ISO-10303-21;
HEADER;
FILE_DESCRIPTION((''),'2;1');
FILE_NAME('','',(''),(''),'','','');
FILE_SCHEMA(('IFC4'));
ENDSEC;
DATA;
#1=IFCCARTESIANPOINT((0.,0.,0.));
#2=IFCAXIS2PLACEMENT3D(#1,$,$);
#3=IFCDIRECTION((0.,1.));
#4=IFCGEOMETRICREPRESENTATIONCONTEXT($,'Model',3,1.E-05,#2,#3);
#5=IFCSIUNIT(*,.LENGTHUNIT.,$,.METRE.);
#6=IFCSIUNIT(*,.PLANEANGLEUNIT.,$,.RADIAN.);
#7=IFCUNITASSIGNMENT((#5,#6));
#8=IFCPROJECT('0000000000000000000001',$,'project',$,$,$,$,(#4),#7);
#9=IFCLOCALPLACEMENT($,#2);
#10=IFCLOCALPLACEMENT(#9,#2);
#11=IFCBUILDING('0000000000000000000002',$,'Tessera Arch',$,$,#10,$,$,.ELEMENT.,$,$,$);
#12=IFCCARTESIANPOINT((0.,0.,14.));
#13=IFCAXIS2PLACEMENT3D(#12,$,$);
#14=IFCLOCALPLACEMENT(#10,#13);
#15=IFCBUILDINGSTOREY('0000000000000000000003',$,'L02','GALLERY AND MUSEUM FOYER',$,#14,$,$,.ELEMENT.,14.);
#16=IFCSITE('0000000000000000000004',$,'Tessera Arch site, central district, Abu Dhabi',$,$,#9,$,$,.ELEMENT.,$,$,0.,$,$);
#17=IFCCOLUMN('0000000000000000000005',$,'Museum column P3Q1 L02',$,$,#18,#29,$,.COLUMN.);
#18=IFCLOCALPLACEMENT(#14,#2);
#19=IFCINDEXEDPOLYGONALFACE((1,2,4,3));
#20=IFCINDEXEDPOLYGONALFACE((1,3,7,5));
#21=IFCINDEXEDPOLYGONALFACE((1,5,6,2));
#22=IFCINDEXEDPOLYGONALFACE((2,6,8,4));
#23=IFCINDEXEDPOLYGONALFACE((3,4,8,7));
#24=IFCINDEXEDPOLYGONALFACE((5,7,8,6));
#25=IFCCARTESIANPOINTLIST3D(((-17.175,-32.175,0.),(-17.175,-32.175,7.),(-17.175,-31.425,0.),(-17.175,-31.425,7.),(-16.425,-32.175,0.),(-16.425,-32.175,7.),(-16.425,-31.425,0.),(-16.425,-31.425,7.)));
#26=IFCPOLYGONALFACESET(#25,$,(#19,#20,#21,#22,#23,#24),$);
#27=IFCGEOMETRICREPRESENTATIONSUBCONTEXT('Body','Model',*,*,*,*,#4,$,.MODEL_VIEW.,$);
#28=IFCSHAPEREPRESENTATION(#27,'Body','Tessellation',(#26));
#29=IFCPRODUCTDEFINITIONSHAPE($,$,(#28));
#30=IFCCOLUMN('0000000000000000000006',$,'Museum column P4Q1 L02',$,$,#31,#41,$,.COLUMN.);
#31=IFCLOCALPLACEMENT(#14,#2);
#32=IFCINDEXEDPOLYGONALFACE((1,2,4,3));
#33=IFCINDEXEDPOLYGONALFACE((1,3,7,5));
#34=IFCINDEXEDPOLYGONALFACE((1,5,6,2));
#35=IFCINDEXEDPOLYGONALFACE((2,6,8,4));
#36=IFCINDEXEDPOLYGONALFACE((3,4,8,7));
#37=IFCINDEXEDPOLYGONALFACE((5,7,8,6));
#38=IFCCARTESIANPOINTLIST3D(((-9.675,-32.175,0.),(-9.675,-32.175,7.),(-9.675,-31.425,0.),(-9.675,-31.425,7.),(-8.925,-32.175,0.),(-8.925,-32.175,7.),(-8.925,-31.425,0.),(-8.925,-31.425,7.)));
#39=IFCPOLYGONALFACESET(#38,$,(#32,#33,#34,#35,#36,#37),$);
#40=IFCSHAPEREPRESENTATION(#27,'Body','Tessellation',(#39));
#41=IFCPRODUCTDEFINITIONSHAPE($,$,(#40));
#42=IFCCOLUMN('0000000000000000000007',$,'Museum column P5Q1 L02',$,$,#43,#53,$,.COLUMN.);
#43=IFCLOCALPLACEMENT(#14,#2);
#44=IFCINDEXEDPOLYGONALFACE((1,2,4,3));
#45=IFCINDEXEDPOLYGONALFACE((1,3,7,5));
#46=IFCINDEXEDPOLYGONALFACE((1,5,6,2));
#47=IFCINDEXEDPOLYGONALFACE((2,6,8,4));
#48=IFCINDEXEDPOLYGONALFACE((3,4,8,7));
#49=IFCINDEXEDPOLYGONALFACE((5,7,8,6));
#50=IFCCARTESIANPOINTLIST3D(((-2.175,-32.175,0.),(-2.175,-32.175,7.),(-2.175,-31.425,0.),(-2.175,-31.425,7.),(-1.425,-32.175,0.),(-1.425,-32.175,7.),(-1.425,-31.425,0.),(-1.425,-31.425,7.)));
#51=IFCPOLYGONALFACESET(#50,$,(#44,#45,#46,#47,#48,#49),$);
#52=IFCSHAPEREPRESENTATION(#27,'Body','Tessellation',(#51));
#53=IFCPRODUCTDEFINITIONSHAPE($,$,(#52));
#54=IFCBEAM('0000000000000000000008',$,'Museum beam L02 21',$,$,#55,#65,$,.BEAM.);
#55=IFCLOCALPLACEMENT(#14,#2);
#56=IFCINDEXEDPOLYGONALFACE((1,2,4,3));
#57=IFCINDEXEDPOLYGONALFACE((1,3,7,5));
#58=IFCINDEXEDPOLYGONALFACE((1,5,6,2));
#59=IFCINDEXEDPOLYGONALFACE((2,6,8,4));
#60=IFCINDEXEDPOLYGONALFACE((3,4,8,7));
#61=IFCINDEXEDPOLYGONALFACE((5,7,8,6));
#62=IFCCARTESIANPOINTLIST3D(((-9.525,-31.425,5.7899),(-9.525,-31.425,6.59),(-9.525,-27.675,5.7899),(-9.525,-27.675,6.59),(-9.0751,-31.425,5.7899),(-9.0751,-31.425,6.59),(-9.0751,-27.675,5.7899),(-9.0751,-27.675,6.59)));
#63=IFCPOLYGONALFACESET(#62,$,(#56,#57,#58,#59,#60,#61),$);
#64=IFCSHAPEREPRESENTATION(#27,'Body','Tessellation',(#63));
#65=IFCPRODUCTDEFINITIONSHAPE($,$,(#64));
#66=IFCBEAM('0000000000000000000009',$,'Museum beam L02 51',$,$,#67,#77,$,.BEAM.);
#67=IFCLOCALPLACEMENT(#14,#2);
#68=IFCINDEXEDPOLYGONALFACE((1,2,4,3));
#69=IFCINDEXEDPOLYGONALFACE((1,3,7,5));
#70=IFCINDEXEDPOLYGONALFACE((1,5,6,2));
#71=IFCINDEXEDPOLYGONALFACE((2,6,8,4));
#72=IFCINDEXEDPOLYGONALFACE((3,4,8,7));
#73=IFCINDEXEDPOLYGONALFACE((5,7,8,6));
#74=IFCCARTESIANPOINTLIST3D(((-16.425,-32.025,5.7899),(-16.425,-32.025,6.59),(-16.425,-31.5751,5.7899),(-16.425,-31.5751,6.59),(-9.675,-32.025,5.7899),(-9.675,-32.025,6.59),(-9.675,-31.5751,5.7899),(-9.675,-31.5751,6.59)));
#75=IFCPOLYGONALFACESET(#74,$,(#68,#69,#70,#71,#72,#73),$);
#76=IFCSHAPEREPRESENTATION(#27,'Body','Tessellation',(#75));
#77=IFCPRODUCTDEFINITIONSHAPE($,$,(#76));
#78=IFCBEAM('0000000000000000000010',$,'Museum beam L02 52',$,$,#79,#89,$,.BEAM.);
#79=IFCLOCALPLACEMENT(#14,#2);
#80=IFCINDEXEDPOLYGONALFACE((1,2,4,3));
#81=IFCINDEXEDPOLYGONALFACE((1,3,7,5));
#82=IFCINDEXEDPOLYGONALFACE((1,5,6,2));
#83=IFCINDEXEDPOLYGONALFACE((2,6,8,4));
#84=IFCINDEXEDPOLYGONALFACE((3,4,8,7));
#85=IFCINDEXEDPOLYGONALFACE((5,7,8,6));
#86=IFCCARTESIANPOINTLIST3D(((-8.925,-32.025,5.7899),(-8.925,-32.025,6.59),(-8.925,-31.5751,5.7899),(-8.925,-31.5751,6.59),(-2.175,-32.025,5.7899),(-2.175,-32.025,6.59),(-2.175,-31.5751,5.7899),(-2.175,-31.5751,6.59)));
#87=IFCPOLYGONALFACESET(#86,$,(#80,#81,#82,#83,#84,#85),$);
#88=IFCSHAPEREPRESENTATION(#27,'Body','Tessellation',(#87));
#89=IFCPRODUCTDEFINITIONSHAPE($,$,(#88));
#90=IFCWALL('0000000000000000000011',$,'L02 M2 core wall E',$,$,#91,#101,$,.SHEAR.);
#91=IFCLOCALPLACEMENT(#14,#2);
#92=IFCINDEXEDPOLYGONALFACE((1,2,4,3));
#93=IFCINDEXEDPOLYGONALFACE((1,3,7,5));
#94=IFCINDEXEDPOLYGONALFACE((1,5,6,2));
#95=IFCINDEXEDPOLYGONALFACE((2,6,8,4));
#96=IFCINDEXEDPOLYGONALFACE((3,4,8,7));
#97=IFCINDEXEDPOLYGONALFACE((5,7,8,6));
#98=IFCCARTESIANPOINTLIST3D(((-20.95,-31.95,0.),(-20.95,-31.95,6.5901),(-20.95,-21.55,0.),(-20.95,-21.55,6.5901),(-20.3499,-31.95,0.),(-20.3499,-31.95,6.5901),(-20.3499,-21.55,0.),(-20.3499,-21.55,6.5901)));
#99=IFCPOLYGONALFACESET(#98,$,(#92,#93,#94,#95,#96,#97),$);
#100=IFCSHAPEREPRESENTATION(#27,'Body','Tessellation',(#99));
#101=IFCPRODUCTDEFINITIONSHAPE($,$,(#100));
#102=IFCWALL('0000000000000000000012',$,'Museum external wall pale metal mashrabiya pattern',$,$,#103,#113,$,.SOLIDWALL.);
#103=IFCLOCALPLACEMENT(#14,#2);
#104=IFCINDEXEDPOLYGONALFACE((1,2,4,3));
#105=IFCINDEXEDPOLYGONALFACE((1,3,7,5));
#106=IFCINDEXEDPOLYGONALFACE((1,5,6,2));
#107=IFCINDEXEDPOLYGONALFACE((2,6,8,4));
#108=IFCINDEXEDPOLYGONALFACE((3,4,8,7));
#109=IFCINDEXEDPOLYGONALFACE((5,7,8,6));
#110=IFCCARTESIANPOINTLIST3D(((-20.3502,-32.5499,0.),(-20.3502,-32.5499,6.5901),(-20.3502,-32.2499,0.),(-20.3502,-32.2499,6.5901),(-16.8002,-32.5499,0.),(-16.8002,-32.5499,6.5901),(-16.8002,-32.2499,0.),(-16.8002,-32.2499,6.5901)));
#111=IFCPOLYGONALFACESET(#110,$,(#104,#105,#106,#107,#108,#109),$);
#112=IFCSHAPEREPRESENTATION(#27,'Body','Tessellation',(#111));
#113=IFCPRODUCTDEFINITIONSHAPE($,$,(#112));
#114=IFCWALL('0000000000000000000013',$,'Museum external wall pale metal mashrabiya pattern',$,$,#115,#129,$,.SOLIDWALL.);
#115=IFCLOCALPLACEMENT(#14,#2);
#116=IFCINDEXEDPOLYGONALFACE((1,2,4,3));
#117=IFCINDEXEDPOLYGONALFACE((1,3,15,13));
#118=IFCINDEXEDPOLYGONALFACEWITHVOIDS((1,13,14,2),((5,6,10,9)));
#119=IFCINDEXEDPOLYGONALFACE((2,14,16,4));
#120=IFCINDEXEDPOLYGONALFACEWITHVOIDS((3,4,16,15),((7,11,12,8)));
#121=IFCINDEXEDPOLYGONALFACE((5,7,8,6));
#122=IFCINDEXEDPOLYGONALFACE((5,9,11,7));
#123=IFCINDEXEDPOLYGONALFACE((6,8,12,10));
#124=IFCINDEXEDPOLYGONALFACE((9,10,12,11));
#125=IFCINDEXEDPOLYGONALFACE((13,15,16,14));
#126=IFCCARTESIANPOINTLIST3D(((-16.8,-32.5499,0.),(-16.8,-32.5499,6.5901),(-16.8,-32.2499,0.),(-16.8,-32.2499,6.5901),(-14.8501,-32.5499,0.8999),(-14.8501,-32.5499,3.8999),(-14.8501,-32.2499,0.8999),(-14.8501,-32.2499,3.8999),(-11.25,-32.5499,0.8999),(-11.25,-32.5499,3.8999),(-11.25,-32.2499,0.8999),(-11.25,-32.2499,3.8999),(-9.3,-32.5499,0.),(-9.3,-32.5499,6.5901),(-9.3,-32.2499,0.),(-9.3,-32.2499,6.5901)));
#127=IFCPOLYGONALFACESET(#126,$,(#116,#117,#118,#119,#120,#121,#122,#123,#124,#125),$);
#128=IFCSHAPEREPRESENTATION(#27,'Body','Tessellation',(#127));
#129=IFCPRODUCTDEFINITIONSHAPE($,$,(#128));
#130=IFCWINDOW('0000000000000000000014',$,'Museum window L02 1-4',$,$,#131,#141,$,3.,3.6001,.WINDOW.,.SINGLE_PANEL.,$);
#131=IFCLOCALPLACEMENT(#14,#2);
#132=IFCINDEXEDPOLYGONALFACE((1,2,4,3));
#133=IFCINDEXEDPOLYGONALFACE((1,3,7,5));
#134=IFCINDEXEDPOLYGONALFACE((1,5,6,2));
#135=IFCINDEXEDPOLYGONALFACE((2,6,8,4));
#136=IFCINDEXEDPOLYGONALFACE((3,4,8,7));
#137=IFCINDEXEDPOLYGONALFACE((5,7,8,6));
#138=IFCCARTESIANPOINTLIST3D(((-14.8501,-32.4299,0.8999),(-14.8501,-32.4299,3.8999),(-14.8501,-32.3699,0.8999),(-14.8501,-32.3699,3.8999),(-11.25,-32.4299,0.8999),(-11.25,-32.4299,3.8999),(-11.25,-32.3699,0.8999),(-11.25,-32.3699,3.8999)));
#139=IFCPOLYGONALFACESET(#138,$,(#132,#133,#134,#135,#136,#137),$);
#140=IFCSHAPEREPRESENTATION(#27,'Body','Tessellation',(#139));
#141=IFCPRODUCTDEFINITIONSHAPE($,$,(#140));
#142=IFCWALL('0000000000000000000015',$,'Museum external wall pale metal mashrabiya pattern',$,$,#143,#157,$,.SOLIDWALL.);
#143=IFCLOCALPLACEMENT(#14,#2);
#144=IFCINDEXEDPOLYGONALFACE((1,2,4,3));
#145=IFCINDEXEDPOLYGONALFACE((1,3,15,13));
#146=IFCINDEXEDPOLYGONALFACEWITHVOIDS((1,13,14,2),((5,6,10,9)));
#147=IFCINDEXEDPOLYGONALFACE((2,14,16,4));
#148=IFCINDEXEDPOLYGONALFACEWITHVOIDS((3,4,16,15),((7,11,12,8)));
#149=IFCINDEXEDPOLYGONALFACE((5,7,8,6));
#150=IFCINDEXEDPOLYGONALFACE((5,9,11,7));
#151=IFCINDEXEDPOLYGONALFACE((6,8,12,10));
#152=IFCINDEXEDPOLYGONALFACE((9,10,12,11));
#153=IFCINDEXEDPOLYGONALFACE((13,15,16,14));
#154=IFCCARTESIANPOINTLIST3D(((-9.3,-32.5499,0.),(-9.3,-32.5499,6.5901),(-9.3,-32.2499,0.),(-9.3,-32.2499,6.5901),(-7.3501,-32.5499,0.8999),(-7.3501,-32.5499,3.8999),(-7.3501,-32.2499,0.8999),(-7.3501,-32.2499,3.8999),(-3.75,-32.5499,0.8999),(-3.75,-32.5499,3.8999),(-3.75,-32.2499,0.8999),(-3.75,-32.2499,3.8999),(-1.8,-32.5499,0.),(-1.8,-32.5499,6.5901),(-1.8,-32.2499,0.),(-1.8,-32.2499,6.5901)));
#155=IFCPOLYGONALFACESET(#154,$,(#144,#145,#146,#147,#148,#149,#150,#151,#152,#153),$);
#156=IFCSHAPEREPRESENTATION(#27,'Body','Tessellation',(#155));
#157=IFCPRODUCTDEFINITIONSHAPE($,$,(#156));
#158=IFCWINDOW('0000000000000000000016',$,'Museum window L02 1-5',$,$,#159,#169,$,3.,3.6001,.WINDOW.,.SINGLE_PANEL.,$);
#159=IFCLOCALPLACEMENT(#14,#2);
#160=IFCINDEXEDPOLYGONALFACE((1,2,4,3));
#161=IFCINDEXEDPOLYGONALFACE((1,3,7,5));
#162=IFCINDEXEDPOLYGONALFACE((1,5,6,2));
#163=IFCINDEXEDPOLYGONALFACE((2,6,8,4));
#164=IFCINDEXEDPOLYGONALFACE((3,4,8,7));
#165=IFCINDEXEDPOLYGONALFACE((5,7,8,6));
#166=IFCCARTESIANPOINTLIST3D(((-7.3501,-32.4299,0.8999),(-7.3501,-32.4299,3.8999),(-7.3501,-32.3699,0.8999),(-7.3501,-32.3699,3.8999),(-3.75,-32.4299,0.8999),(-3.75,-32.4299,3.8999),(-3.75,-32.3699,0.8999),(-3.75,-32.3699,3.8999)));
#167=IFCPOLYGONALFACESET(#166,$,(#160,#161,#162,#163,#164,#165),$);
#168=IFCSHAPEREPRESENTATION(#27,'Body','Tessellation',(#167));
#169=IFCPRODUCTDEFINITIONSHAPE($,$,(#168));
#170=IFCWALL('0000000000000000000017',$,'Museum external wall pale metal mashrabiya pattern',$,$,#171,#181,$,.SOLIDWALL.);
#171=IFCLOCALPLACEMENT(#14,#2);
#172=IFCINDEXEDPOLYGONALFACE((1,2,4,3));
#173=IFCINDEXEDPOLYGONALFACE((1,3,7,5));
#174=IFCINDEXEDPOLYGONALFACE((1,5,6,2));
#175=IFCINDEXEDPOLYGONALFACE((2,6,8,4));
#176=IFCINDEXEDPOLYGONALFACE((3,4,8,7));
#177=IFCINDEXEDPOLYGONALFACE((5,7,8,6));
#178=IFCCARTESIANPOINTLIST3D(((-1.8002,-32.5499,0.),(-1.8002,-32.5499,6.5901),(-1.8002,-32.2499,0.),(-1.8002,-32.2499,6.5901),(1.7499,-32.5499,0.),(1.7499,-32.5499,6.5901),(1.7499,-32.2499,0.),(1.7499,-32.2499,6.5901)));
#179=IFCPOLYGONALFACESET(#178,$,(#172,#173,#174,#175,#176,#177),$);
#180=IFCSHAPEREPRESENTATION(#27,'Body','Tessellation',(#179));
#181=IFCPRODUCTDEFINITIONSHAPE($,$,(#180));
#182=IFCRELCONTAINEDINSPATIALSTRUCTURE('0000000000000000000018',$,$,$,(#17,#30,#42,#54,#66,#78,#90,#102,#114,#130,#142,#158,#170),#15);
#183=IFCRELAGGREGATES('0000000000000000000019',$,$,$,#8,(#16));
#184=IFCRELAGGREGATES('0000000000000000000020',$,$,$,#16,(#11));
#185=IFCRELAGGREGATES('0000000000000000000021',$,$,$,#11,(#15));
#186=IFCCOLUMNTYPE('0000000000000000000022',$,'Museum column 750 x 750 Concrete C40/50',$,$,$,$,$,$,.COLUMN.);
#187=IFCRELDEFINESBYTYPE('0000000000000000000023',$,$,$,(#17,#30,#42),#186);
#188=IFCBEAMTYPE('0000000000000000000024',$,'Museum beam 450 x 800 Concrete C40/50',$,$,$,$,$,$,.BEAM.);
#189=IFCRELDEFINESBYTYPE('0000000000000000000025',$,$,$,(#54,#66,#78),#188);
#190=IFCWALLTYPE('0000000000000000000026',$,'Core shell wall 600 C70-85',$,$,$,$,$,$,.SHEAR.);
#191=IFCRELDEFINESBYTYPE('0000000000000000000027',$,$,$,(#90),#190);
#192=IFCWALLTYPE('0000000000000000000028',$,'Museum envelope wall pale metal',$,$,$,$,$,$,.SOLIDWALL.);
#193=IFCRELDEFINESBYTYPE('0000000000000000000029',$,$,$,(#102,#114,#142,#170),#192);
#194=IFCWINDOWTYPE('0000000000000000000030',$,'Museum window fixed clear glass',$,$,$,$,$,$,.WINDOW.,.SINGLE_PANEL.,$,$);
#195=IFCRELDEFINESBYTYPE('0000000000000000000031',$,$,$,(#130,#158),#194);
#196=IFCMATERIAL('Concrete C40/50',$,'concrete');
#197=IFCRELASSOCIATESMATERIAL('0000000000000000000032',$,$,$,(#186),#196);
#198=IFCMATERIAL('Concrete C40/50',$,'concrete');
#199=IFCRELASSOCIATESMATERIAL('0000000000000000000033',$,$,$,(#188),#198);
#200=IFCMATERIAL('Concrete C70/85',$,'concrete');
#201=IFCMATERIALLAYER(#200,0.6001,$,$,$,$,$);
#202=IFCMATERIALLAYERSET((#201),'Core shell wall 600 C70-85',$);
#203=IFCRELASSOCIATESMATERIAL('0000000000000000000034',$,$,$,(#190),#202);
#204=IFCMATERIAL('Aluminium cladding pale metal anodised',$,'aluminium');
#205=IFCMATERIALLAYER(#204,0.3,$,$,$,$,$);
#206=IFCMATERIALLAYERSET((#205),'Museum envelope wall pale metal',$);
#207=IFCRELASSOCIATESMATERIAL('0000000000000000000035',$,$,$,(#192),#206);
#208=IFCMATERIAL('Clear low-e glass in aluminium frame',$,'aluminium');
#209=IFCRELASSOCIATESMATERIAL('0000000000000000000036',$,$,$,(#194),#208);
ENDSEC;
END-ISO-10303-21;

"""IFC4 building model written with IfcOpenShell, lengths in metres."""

from ifc_helpers import new_model, si_unit, direction, frame, frame_2d, origin, origin_2d, place, context, subcontext, project, spatial, rectangle, extrude, material, layer, layer_set, material_profile, profile_set, type_object, element, fill, save


model = new_model("IFC4")

# Units and contexts
model_context = context("Model", 3, precision=1e-05, world=origin(), true_north=direction((0.0, 1.0)))
body_context = subcontext(model_context, "Body", "Model", "MODEL_VIEW")
ifc_project = project(units=[si_unit("LENGTHUNIT", "METRE"), si_unit("PLANEANGLEUNIT", "RADIAN")], contexts=[model_context])

# Site, building, storey
site_placement = place(None, origin())
site = spatial("IfcSite", under=ifc_project, at=site_placement, Name="Tessera Arch site, central district, Abu Dhabi", CompositionType="ELEMENT", RefElevation=0.0)
building_placement = place(site_placement, origin())
building = spatial("IfcBuilding", under=site, at=building_placement, Name="Tessera Arch", CompositionType="ELEMENT")
storey_placement = place(building_placement, frame((0.0, 0.0, 14.0)))
storey = spatial("IfcBuildingStorey", under=building, at=storey_placement, Name="L02", Description="GALLERY AND MUSEUM FOYER", CompositionType="ELEMENT", Elevation=14.0)

# Columns
ifc_material_1 = material(Name="Concrete C40/50", Category="concrete")
ifc_material_profile_1 = material_profile(ifc_material_1, rectangle(XDim=0.75, YDim=0.75, at=origin_2d()), Name="Museum column 750 x 750 Concrete C40/50")
ifc_profile_set_1 = profile_set([ifc_material_profile_1], Name="Concrete C40/50")
column_type = type_object("IfcColumnType", Name="Museum column 750 x 750 Concrete C40/50", PredefinedType="COLUMN", material=ifc_profile_set_1)
for number, where, z_axis, x_axis, name in (
    (1, (-16.8, -31.8, 0.0), (0.0, 0.0, 1.0), (1.0, 0.0, 0.0), "Museum column P3Q1 L02"),
    (2, (-9.3, -31.8, 0.0), (0.0, 0.0, 1.0), (1.0, 0.0, 0.0), "Museum column P4Q1 L02"),
    (3, (-1.8, -31.8, 0.0), (0.0, 0.0, 1.0), (1.0, 0.0, 0.0), "Museum column P5Q1 L02"),
):
    element("IfcColumn", number, at=place(storey_placement, frame(where, z_axis=z_axis, x_axis=x_axis)), inside=storey, type_object=column_type, Name=name, PredefinedType="COLUMN", context=body_context, shape_type="SweptSolid", body=[
        extrude(rectangle(XDim=0.75, YDim=0.75, at=origin_2d()), origin(), (0.0, 0.0, 1.0), 7.0),
    ])

# Beams
ifc_material_2 = material(Name="Concrete C40/50", Category="concrete")
ifc_material_profile_2 = material_profile(ifc_material_2, rectangle(XDim=0.45, YDim=0.8, at=origin_2d()), Name="Museum beam 450 x 800 Concrete C40/50")
ifc_profile_set_2 = profile_set([ifc_material_profile_2], Name="Concrete C40/50")
beam_type = type_object("IfcBeamType", Name="Museum beam 450 x 800 Concrete C40/50", PredefinedType="BEAM", material=ifc_profile_set_2)
beam_placement = place(storey_placement, frame((-9.3, -31.425, 6.1899), z_axis=(0.0, 1.0, 0.0), x_axis=(-1.0, 0.0, 0.0)))
element("IfcBeam", 4, at=beam_placement, inside=storey, type_object=beam_type, Name="Museum beam L02 21", PredefinedType="BEAM", context=body_context, shape_type="SweptSolid", body=[
    extrude(rectangle(XDim=0.45, YDim=0.8, at=origin_2d()), origin(), (0.0, 0.0, 1.0), 3.75),
])
for number, where, z_axis, x_axis, name in (
    (5, (-16.425, -31.8, 6.1899), (1.0, 0.0, 0.0), (0.0, 1.0, 0.0), "Museum beam L02 51"),
    (6, (-8.925, -31.8, 6.1899), (1.0, 0.0, 0.0), (0.0, 1.0, 0.0), "Museum beam L02 52"),
):
    element("IfcBeam", number, at=place(storey_placement, frame(where, z_axis=z_axis, x_axis=x_axis)), inside=storey, type_object=beam_type, Name=name, PredefinedType="BEAM", context=body_context, shape_type="SweptSolid", body=[
        extrude(rectangle(XDim=0.45, YDim=0.8, at=origin_2d()), origin(), (0.0, 0.0, 1.0), 6.75),
    ])

# Walls
ifc_material_3 = material(Name="Concrete C70/85", Category="concrete")
ifc_layer_1 = layer(ifc_material_3, 0.6001)
ifc_layer_set_1 = layer_set([ifc_layer_1], Name="Core shell wall 600 C70-85")
wall_type_1 = type_object("IfcWallType", Name="Core shell wall 600 C70-85", PredefinedType="SHEAR", material=ifc_layer_set_1)
wall_1_placement = place(storey_placement, frame((-20.6499, -31.95, 0.0), z_axis=(0.0, 0.0, 1.0), x_axis=(0.0, 1.0, 0.0)))
element("IfcWall", 7, at=wall_1_placement, inside=storey, type_object=wall_type_1, Name="L02 M2 core wall E", PredefinedType="SHEAR", context=body_context, shape_type="SweptSolid", body=[
    extrude(rectangle(XDim=10.3999, YDim=0.6001, at=frame_2d((5.2, 0.0))), origin(), (0.0, 0.0, 1.0), 6.5901),
])
ifc_material_4 = material(Name="Aluminium cladding pale metal anodised", Category="aluminium")
ifc_layer_2 = layer(ifc_material_4, 0.3)
ifc_layer_set_2 = layer_set([ifc_layer_2], Name="Museum envelope wall pale metal")
wall_type_2 = type_object("IfcWallType", Name="Museum envelope wall pale metal", PredefinedType="SOLIDWALL", material=ifc_layer_set_2)
wall_2_placement = place(storey_placement, frame((-20.3501, -32.3999, 0.0), z_axis=(0.0, 0.0, 1.0), x_axis=(1.0, 0.0, 0.0)))
element("IfcWall", 8, at=wall_2_placement, inside=storey, type_object=wall_type_2, Name="Museum external wall pale metal mashrabiya pattern", PredefinedType="SOLIDWALL", context=body_context, shape_type="SweptSolid", body=[
    extrude(rectangle(XDim=3.55, YDim=0.3, at=frame_2d((1.7749, 0.0))), origin(), (0.0, 0.0, 1.0), 6.5901),
])

# Walls, openings, windows
wall_3_placement = place(storey_placement, frame((-16.8, -32.3999, 0.0), z_axis=(0.0, 0.0, 1.0), x_axis=(1.0, 0.0, 0.0)))
wall_3 = element("IfcWall", 9, at=wall_3_placement, inside=storey, type_object=wall_type_2, Name="Museum external wall pale metal mashrabiya pattern", PredefinedType="SOLIDWALL", context=body_context, shape_type="SweptSolid", body=[
    extrude(rectangle(XDim=7.5, YDim=0.3, at=frame_2d((3.75, 0.0))), origin(), (0.0, 0.0, 1.0), 6.5901),
])
opening_1_placement = place(wall_3_placement, frame((1.95, 0.0, 0.8999)))
opening_1 = element("IfcOpeningElement", 10, at=opening_1_placement, cuts=wall_3, PredefinedType="OPENING", context=body_context, shape_type="SweptSolid", body=[
    extrude(rectangle(XDim=3.6001, YDim=3.0, at=frame_2d((1.8, 1.5))), frame((0.0, 0.1599, 0.0), z_axis=(0.0, -1.0, 0.0), x_axis=(1.0, 0.0, 0.0)), (0.0, 0.0, 1.0), 0.3201),
])
ifc_material_5 = material(Name="Clear low-e glass in aluminium frame", Category="aluminium")
window_type = type_object("IfcWindowType", Name="Museum window fixed clear glass", PartitioningType="SINGLE_PANEL", PredefinedType="WINDOW", material=ifc_material_5)
window_1_placement = place(opening_1_placement, origin())
window_1 = element("IfcWindow", 11, at=window_1_placement, inside=storey, type_object=window_type, Name="Museum window L02 1-4", OverallHeight=3.0, OverallWidth=3.6001, PartitioningType="SINGLE_PANEL", PredefinedType="WINDOW", context=body_context, shape_type="SweptSolid", body=[
    extrude(rectangle(XDim=3.6001, YDim=3.0, at=frame_2d((1.8, 1.5))), frame((0.0, 0.03, 0.0), z_axis=(0.0, -1.0, 0.0), x_axis=(1.0, 0.0, 0.0)), (0.0, 0.0, 1.0), 0.0601),
])
fill(opening_1, window_1)
wall_4_placement = place(storey_placement, frame((-9.3, -32.3999, 0.0), z_axis=(0.0, 0.0, 1.0), x_axis=(1.0, 0.0, 0.0)))
wall_4 = element("IfcWall", 12, at=wall_4_placement, inside=storey, type_object=wall_type_2, Name="Museum external wall pale metal mashrabiya pattern", PredefinedType="SOLIDWALL", context=body_context, shape_type="SweptSolid", body=[
    extrude(rectangle(XDim=7.5, YDim=0.3, at=frame_2d((3.75, 0.0))), origin(), (0.0, 0.0, 1.0), 6.5901),
])
opening_2_placement = place(wall_4_placement, frame((1.95, 0.0, 0.8999)))
opening_2 = element("IfcOpeningElement", 13, at=opening_2_placement, cuts=wall_4, PredefinedType="OPENING", context=body_context, shape_type="SweptSolid", body=[
    extrude(rectangle(XDim=3.6001, YDim=3.0, at=frame_2d((1.8, 1.5))), frame((0.0, 0.1599, 0.0), z_axis=(0.0, -1.0, 0.0), x_axis=(1.0, 0.0, 0.0)), (0.0, 0.0, 1.0), 0.3201),
])
window_2_placement = place(opening_2_placement, origin())
window_2 = element("IfcWindow", 14, at=window_2_placement, inside=storey, type_object=window_type, Name="Museum window L02 1-5", OverallHeight=3.0, OverallWidth=3.6001, PartitioningType="SINGLE_PANEL", PredefinedType="WINDOW", context=body_context, shape_type="SweptSolid", body=[
    extrude(rectangle(XDim=3.6001, YDim=3.0, at=frame_2d((1.8, 1.5))), frame((0.0, 0.03, 0.0), z_axis=(0.0, -1.0, 0.0), x_axis=(1.0, 0.0, 0.0)), (0.0, 0.0, 1.0), 0.0601),
])
fill(opening_2, window_2)

# Wall
wall_5_placement = place(storey_placement, frame((-1.8, -32.3999, 0.0), z_axis=(0.0, 0.0, 1.0), x_axis=(1.0, 0.0, 0.0)))
element("IfcWall", 15, at=wall_5_placement, inside=storey, type_object=wall_type_2, Name="Museum external wall pale metal mashrabiya pattern", PredefinedType="SOLIDWALL", context=body_context, shape_type="SweptSolid", body=[
    extrude(rectangle(XDim=3.55, YDim=0.3, at=frame_2d((1.7749, 0.0))), origin(), (0.0, 0.0, 1.0), 6.5901),
])

save(model, "model.ifc")
